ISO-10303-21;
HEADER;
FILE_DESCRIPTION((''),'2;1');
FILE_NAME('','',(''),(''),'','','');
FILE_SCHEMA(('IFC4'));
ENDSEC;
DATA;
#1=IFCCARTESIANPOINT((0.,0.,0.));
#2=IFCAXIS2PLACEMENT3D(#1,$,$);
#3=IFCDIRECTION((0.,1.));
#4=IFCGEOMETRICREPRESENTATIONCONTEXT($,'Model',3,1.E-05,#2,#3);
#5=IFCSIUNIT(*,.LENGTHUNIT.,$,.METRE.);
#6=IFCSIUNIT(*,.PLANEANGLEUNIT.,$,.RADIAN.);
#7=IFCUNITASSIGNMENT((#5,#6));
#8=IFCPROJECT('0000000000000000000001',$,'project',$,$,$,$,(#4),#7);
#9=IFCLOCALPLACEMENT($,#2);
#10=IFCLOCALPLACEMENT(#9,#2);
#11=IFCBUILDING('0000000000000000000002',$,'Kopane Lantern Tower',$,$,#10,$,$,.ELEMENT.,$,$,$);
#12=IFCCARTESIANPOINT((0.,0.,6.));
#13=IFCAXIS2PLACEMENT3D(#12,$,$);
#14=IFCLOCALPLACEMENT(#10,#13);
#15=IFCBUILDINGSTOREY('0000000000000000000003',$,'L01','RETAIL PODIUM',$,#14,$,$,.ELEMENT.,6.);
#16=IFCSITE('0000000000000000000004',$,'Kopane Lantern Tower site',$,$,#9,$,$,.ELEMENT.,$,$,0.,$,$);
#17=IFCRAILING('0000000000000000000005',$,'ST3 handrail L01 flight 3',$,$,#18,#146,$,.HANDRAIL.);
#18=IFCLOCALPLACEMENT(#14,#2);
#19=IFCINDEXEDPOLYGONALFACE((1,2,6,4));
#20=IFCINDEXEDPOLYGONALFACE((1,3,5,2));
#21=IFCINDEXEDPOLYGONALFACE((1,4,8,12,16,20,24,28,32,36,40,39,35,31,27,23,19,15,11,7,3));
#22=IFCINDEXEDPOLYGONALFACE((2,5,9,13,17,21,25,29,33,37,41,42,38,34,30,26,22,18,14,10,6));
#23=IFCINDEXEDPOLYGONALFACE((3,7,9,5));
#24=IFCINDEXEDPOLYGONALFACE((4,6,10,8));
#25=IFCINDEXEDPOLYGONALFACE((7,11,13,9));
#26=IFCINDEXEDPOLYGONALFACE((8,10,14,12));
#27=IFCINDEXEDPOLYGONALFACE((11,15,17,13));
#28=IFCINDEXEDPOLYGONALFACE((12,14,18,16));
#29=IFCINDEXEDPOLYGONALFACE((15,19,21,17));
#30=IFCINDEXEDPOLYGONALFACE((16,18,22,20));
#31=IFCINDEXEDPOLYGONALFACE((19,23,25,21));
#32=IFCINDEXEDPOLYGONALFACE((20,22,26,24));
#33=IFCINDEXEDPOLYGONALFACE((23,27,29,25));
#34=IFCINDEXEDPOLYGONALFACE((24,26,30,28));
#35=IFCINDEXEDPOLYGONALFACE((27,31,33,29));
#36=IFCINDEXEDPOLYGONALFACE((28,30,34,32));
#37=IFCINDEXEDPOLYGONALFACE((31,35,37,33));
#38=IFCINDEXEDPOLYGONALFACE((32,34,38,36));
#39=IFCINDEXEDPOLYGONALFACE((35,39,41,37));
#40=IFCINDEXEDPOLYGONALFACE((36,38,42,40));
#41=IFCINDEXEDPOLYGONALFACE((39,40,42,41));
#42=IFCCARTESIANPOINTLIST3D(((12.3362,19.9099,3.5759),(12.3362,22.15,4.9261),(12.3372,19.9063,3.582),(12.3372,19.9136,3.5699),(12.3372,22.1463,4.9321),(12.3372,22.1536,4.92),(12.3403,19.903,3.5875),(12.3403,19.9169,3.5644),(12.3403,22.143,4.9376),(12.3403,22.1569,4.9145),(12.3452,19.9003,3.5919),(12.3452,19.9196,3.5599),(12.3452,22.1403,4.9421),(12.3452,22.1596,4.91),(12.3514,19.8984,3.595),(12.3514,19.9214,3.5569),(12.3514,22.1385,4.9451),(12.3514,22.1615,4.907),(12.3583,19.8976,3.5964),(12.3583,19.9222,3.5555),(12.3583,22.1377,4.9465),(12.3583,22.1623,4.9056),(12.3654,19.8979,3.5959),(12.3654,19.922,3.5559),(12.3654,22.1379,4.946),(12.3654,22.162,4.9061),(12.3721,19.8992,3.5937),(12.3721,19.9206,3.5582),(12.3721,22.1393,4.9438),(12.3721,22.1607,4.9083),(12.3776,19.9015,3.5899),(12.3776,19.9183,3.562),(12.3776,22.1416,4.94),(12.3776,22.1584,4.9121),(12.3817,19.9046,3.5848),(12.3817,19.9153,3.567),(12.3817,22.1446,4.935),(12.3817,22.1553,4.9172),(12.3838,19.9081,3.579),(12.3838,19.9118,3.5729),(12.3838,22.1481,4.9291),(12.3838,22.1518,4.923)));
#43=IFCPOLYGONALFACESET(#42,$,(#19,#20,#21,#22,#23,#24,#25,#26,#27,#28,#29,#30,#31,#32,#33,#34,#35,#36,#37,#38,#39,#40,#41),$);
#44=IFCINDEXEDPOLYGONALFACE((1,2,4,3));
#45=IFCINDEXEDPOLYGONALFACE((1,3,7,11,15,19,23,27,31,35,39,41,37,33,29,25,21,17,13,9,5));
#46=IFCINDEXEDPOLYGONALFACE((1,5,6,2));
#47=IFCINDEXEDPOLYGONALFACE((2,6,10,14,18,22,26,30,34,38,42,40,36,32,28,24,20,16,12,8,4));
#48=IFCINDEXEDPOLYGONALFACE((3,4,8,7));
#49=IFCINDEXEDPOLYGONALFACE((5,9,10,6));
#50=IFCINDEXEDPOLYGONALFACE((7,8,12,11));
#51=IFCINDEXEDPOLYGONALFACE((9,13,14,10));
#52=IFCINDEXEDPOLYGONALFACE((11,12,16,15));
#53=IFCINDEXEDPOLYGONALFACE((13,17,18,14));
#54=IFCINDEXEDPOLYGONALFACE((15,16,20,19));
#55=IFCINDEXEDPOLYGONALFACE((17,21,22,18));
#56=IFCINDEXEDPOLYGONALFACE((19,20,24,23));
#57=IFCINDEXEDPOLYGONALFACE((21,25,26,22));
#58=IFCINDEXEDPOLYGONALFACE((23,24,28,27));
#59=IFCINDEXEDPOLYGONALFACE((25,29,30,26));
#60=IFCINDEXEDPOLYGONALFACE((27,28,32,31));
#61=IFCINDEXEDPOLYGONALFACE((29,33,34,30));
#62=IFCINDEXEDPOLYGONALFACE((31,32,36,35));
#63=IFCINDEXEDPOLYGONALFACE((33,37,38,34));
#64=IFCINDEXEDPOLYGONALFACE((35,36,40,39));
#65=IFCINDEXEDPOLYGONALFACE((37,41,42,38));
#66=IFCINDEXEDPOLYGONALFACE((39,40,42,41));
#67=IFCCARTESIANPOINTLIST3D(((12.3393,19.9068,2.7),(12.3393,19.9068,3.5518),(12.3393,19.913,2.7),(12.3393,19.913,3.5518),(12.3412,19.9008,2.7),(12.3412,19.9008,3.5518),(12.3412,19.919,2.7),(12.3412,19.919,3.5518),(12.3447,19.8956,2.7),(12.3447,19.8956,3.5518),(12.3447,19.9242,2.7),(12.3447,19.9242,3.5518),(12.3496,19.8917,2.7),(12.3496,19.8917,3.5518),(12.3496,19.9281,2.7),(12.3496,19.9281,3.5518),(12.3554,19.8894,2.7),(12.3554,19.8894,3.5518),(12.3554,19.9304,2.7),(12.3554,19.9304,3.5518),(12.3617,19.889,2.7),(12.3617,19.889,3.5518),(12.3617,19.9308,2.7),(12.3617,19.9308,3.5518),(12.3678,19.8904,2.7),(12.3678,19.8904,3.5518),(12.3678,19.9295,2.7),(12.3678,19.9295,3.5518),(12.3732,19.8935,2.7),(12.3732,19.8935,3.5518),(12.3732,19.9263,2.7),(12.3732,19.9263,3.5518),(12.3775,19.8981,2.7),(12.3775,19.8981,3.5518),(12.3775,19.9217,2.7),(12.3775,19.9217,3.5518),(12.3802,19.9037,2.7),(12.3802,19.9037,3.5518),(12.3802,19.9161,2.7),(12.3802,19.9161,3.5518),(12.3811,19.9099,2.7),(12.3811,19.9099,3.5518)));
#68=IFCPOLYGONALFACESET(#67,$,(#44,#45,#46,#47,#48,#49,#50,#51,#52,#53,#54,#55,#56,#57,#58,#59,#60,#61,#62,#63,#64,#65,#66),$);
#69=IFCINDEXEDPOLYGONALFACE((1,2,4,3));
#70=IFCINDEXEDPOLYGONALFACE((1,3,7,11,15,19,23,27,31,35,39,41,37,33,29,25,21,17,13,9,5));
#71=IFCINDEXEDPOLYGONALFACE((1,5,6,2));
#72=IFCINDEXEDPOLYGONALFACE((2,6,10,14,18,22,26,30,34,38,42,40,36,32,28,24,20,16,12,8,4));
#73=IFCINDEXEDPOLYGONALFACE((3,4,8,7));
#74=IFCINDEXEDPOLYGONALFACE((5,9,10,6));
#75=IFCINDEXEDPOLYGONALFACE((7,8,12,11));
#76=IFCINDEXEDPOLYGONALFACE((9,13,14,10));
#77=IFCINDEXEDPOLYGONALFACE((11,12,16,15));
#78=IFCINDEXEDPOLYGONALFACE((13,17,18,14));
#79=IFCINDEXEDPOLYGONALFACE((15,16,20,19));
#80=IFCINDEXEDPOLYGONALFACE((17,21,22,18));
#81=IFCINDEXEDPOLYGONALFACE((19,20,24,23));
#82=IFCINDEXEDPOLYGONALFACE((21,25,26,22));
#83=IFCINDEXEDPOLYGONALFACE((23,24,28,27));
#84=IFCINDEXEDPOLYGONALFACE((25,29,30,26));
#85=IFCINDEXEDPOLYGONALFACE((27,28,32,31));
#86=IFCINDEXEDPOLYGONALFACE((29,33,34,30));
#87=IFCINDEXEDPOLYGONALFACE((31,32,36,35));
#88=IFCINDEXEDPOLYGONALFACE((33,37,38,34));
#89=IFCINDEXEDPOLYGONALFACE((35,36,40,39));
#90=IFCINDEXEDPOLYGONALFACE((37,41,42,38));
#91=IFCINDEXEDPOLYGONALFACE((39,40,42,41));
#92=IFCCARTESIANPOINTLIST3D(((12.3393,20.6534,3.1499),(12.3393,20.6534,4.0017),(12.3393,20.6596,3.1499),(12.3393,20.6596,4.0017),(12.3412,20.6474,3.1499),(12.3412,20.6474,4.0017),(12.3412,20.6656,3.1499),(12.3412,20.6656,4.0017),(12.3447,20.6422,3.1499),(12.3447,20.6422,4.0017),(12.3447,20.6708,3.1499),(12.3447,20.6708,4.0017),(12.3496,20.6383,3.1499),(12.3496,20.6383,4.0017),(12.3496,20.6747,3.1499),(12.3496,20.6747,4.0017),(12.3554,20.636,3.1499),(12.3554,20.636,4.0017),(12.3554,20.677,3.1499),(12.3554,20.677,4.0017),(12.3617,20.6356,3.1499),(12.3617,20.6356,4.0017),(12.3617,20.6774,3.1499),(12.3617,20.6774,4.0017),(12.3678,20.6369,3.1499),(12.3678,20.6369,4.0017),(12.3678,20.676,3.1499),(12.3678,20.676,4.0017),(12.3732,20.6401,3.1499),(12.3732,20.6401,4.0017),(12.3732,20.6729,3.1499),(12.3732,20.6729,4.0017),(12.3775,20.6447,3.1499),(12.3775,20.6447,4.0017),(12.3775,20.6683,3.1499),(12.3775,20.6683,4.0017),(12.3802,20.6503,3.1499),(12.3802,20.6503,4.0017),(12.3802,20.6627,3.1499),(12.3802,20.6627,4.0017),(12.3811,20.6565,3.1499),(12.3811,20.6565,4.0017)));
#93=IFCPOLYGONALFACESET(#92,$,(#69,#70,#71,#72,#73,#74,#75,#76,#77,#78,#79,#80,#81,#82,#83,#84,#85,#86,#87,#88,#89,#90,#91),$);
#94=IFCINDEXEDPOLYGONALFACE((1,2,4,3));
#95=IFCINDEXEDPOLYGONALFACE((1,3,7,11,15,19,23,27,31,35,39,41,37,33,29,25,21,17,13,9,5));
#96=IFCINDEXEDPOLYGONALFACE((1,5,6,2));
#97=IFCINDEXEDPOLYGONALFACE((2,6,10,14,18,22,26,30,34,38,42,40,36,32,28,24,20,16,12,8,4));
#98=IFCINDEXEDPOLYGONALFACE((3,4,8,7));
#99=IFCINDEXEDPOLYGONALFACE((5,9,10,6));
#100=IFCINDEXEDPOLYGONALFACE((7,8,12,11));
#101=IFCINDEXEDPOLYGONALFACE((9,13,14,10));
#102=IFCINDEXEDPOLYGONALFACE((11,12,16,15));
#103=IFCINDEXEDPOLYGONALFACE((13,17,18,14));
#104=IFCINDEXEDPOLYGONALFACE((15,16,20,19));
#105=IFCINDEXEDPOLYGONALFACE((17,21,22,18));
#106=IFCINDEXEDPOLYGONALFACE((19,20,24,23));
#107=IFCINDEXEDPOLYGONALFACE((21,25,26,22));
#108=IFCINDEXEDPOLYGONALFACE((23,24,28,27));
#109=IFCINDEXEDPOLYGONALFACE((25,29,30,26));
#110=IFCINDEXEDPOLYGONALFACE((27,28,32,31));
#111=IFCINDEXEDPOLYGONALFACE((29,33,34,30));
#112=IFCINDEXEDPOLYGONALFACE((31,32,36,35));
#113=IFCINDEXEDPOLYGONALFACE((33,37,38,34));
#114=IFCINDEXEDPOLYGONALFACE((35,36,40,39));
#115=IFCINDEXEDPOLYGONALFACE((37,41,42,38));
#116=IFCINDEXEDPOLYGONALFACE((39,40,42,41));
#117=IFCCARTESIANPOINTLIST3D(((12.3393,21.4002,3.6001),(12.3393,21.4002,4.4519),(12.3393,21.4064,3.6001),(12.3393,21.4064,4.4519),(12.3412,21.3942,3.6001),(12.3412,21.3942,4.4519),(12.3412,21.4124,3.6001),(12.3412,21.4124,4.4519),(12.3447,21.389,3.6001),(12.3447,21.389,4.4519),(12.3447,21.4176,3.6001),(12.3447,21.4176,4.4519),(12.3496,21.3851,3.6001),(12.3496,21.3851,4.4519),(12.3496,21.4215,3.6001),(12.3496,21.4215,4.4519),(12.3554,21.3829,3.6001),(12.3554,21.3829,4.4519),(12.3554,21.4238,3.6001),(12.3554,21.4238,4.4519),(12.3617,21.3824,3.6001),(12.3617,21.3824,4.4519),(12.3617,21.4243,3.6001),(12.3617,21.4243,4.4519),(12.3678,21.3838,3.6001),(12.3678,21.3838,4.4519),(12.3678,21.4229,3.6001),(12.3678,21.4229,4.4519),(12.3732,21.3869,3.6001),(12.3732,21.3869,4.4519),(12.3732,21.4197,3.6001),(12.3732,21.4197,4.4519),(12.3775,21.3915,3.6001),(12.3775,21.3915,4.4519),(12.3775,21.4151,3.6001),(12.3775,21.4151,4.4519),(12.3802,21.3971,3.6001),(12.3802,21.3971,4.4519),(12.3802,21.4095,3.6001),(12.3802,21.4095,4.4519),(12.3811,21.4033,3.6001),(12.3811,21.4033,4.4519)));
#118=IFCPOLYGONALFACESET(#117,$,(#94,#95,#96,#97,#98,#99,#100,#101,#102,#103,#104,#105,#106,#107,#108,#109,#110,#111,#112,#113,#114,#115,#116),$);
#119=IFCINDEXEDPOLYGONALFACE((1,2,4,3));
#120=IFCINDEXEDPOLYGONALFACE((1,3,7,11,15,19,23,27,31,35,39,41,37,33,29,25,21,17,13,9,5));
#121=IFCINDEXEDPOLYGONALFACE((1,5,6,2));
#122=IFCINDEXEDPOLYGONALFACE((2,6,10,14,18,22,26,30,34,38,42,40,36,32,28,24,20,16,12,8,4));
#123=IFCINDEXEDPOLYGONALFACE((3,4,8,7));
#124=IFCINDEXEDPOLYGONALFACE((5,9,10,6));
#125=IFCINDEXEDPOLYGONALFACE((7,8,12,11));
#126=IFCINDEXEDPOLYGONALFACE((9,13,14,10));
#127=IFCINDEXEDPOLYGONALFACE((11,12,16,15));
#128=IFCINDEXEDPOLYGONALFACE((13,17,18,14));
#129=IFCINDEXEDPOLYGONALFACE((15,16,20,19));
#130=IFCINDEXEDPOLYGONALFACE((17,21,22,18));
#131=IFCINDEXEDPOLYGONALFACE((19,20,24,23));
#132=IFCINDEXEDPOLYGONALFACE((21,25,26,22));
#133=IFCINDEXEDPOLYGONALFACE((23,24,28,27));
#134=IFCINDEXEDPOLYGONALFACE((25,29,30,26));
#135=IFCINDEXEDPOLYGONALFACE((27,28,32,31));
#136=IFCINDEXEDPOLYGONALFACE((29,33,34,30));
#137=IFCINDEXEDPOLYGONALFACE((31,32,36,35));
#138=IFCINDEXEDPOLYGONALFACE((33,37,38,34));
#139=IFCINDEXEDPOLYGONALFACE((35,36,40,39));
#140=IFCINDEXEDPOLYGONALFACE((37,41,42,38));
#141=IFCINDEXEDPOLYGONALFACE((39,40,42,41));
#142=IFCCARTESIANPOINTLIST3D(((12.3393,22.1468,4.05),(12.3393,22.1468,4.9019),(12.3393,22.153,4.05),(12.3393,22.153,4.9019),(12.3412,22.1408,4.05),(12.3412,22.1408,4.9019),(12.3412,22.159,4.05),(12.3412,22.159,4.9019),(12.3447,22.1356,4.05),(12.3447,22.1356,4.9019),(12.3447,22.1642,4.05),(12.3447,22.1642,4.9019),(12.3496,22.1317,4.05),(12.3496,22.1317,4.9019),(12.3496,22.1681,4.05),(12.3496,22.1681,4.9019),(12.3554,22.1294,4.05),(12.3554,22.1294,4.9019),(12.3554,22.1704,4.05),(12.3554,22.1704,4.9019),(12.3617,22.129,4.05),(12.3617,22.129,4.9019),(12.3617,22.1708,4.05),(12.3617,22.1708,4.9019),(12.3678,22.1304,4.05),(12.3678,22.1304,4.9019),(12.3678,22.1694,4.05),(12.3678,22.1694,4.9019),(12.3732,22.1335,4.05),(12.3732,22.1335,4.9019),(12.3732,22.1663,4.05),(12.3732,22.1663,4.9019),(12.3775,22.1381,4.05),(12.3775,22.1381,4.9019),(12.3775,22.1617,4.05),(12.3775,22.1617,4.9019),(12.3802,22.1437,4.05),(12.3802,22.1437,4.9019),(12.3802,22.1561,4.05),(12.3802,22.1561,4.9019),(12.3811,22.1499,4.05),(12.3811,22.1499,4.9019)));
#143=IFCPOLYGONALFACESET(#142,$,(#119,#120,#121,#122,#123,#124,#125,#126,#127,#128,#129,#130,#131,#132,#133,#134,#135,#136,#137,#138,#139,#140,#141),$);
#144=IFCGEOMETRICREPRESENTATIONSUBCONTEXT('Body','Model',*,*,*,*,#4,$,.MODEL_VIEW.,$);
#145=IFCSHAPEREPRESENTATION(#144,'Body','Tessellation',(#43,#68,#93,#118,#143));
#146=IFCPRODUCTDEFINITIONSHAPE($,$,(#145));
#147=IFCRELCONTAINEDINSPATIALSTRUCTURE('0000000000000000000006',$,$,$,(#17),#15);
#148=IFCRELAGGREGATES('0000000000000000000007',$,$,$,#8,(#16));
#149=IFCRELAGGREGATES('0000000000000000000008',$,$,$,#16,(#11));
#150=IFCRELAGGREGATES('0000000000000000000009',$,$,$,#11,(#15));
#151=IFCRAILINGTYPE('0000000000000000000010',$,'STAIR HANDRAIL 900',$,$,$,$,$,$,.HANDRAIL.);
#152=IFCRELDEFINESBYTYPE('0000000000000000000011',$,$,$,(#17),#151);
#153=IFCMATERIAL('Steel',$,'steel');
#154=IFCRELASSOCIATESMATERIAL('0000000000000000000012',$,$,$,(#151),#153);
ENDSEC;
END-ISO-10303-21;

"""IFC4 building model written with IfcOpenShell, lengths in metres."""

from ifc_helpers import new_model, si_unit, direction, frame, origin, origin_2d, place, context, subcontext, project, spatial, circle, extrude, material, type_object, element, save


model = new_model("IFC4")

# Units and contexts
model_context = context("Model", 3, precision=1e-05, world=origin(), true_north=direction((0.0, 1.0)))
body_context = subcontext(model_context, "Body", "Model", "MODEL_VIEW")
ifc_project = project(units=[si_unit("LENGTHUNIT", "METRE"), si_unit("PLANEANGLEUNIT", "RADIAN")], contexts=[model_context])

# Site, building, storey
site_placement = place(None, origin())
site = spatial("IfcSite", under=ifc_project, at=site_placement, Name="Kopane Lantern Tower site", CompositionType="ELEMENT", RefElevation=0.0)
building_placement = place(site_placement, origin())
building = spatial("IfcBuilding", under=site, at=building_placement, Name="Kopane Lantern Tower", CompositionType="ELEMENT")
storey_placement = place(building_placement, frame((0.0, 0.0, 6.0)))
storey = spatial("IfcBuildingStorey", under=building, at=storey_placement, Name="L01", Description="RETAIL PODIUM", CompositionType="ELEMENT", Elevation=6.0)

# Railing
ifc_material_1 = material(Name="Steel", Category="steel")
railing_type_1 = type_object("IfcRailingType", Name="STAIR HANDRAIL 900", PredefinedType="HANDRAIL", material=ifc_material_1)
for number, where, name in (
    (1, (12.3601, 19.9099, 2.7), "ST3 handrail L01 flight 3"),
):
    element("IfcRailing", number, at=place(storey_placement, frame(where)), inside=storey, type_object=railing_type_1, Name=name, PredefinedType="HANDRAIL", context=body_context, shape_type="SweptSolid", body=[
        extrude(circle(Radius=0.0239, at=origin_2d()), frame((0.0, 0.0, 0.876), z_axis=(0.0, 0.856462, 0.516211), x_axis=(-1.0, 0.0, 0.0)), (0.0, 0.0, 1.0), 2.6155),
        extrude(circle(Radius=0.021, at=origin_2d()), origin(), (0.0, 0.0, 1.0), 0.8518),
        extrude(circle(Radius=0.021, at=origin_2d()), frame((0.0, 0.7466, 0.45)), (0.0, 0.0, 1.0), 0.8518),
        extrude(circle(Radius=0.021, at=origin_2d()), frame((0.0, 1.4934, 0.9001)), (0.0, 0.0, 1.0), 0.8518),
        extrude(circle(Radius=0.021, at=origin_2d()), frame((0.0, 2.24, 1.3501)), (0.0, 0.0, 1.0), 0.8518),
    ])

save(model, "model.ifc")
